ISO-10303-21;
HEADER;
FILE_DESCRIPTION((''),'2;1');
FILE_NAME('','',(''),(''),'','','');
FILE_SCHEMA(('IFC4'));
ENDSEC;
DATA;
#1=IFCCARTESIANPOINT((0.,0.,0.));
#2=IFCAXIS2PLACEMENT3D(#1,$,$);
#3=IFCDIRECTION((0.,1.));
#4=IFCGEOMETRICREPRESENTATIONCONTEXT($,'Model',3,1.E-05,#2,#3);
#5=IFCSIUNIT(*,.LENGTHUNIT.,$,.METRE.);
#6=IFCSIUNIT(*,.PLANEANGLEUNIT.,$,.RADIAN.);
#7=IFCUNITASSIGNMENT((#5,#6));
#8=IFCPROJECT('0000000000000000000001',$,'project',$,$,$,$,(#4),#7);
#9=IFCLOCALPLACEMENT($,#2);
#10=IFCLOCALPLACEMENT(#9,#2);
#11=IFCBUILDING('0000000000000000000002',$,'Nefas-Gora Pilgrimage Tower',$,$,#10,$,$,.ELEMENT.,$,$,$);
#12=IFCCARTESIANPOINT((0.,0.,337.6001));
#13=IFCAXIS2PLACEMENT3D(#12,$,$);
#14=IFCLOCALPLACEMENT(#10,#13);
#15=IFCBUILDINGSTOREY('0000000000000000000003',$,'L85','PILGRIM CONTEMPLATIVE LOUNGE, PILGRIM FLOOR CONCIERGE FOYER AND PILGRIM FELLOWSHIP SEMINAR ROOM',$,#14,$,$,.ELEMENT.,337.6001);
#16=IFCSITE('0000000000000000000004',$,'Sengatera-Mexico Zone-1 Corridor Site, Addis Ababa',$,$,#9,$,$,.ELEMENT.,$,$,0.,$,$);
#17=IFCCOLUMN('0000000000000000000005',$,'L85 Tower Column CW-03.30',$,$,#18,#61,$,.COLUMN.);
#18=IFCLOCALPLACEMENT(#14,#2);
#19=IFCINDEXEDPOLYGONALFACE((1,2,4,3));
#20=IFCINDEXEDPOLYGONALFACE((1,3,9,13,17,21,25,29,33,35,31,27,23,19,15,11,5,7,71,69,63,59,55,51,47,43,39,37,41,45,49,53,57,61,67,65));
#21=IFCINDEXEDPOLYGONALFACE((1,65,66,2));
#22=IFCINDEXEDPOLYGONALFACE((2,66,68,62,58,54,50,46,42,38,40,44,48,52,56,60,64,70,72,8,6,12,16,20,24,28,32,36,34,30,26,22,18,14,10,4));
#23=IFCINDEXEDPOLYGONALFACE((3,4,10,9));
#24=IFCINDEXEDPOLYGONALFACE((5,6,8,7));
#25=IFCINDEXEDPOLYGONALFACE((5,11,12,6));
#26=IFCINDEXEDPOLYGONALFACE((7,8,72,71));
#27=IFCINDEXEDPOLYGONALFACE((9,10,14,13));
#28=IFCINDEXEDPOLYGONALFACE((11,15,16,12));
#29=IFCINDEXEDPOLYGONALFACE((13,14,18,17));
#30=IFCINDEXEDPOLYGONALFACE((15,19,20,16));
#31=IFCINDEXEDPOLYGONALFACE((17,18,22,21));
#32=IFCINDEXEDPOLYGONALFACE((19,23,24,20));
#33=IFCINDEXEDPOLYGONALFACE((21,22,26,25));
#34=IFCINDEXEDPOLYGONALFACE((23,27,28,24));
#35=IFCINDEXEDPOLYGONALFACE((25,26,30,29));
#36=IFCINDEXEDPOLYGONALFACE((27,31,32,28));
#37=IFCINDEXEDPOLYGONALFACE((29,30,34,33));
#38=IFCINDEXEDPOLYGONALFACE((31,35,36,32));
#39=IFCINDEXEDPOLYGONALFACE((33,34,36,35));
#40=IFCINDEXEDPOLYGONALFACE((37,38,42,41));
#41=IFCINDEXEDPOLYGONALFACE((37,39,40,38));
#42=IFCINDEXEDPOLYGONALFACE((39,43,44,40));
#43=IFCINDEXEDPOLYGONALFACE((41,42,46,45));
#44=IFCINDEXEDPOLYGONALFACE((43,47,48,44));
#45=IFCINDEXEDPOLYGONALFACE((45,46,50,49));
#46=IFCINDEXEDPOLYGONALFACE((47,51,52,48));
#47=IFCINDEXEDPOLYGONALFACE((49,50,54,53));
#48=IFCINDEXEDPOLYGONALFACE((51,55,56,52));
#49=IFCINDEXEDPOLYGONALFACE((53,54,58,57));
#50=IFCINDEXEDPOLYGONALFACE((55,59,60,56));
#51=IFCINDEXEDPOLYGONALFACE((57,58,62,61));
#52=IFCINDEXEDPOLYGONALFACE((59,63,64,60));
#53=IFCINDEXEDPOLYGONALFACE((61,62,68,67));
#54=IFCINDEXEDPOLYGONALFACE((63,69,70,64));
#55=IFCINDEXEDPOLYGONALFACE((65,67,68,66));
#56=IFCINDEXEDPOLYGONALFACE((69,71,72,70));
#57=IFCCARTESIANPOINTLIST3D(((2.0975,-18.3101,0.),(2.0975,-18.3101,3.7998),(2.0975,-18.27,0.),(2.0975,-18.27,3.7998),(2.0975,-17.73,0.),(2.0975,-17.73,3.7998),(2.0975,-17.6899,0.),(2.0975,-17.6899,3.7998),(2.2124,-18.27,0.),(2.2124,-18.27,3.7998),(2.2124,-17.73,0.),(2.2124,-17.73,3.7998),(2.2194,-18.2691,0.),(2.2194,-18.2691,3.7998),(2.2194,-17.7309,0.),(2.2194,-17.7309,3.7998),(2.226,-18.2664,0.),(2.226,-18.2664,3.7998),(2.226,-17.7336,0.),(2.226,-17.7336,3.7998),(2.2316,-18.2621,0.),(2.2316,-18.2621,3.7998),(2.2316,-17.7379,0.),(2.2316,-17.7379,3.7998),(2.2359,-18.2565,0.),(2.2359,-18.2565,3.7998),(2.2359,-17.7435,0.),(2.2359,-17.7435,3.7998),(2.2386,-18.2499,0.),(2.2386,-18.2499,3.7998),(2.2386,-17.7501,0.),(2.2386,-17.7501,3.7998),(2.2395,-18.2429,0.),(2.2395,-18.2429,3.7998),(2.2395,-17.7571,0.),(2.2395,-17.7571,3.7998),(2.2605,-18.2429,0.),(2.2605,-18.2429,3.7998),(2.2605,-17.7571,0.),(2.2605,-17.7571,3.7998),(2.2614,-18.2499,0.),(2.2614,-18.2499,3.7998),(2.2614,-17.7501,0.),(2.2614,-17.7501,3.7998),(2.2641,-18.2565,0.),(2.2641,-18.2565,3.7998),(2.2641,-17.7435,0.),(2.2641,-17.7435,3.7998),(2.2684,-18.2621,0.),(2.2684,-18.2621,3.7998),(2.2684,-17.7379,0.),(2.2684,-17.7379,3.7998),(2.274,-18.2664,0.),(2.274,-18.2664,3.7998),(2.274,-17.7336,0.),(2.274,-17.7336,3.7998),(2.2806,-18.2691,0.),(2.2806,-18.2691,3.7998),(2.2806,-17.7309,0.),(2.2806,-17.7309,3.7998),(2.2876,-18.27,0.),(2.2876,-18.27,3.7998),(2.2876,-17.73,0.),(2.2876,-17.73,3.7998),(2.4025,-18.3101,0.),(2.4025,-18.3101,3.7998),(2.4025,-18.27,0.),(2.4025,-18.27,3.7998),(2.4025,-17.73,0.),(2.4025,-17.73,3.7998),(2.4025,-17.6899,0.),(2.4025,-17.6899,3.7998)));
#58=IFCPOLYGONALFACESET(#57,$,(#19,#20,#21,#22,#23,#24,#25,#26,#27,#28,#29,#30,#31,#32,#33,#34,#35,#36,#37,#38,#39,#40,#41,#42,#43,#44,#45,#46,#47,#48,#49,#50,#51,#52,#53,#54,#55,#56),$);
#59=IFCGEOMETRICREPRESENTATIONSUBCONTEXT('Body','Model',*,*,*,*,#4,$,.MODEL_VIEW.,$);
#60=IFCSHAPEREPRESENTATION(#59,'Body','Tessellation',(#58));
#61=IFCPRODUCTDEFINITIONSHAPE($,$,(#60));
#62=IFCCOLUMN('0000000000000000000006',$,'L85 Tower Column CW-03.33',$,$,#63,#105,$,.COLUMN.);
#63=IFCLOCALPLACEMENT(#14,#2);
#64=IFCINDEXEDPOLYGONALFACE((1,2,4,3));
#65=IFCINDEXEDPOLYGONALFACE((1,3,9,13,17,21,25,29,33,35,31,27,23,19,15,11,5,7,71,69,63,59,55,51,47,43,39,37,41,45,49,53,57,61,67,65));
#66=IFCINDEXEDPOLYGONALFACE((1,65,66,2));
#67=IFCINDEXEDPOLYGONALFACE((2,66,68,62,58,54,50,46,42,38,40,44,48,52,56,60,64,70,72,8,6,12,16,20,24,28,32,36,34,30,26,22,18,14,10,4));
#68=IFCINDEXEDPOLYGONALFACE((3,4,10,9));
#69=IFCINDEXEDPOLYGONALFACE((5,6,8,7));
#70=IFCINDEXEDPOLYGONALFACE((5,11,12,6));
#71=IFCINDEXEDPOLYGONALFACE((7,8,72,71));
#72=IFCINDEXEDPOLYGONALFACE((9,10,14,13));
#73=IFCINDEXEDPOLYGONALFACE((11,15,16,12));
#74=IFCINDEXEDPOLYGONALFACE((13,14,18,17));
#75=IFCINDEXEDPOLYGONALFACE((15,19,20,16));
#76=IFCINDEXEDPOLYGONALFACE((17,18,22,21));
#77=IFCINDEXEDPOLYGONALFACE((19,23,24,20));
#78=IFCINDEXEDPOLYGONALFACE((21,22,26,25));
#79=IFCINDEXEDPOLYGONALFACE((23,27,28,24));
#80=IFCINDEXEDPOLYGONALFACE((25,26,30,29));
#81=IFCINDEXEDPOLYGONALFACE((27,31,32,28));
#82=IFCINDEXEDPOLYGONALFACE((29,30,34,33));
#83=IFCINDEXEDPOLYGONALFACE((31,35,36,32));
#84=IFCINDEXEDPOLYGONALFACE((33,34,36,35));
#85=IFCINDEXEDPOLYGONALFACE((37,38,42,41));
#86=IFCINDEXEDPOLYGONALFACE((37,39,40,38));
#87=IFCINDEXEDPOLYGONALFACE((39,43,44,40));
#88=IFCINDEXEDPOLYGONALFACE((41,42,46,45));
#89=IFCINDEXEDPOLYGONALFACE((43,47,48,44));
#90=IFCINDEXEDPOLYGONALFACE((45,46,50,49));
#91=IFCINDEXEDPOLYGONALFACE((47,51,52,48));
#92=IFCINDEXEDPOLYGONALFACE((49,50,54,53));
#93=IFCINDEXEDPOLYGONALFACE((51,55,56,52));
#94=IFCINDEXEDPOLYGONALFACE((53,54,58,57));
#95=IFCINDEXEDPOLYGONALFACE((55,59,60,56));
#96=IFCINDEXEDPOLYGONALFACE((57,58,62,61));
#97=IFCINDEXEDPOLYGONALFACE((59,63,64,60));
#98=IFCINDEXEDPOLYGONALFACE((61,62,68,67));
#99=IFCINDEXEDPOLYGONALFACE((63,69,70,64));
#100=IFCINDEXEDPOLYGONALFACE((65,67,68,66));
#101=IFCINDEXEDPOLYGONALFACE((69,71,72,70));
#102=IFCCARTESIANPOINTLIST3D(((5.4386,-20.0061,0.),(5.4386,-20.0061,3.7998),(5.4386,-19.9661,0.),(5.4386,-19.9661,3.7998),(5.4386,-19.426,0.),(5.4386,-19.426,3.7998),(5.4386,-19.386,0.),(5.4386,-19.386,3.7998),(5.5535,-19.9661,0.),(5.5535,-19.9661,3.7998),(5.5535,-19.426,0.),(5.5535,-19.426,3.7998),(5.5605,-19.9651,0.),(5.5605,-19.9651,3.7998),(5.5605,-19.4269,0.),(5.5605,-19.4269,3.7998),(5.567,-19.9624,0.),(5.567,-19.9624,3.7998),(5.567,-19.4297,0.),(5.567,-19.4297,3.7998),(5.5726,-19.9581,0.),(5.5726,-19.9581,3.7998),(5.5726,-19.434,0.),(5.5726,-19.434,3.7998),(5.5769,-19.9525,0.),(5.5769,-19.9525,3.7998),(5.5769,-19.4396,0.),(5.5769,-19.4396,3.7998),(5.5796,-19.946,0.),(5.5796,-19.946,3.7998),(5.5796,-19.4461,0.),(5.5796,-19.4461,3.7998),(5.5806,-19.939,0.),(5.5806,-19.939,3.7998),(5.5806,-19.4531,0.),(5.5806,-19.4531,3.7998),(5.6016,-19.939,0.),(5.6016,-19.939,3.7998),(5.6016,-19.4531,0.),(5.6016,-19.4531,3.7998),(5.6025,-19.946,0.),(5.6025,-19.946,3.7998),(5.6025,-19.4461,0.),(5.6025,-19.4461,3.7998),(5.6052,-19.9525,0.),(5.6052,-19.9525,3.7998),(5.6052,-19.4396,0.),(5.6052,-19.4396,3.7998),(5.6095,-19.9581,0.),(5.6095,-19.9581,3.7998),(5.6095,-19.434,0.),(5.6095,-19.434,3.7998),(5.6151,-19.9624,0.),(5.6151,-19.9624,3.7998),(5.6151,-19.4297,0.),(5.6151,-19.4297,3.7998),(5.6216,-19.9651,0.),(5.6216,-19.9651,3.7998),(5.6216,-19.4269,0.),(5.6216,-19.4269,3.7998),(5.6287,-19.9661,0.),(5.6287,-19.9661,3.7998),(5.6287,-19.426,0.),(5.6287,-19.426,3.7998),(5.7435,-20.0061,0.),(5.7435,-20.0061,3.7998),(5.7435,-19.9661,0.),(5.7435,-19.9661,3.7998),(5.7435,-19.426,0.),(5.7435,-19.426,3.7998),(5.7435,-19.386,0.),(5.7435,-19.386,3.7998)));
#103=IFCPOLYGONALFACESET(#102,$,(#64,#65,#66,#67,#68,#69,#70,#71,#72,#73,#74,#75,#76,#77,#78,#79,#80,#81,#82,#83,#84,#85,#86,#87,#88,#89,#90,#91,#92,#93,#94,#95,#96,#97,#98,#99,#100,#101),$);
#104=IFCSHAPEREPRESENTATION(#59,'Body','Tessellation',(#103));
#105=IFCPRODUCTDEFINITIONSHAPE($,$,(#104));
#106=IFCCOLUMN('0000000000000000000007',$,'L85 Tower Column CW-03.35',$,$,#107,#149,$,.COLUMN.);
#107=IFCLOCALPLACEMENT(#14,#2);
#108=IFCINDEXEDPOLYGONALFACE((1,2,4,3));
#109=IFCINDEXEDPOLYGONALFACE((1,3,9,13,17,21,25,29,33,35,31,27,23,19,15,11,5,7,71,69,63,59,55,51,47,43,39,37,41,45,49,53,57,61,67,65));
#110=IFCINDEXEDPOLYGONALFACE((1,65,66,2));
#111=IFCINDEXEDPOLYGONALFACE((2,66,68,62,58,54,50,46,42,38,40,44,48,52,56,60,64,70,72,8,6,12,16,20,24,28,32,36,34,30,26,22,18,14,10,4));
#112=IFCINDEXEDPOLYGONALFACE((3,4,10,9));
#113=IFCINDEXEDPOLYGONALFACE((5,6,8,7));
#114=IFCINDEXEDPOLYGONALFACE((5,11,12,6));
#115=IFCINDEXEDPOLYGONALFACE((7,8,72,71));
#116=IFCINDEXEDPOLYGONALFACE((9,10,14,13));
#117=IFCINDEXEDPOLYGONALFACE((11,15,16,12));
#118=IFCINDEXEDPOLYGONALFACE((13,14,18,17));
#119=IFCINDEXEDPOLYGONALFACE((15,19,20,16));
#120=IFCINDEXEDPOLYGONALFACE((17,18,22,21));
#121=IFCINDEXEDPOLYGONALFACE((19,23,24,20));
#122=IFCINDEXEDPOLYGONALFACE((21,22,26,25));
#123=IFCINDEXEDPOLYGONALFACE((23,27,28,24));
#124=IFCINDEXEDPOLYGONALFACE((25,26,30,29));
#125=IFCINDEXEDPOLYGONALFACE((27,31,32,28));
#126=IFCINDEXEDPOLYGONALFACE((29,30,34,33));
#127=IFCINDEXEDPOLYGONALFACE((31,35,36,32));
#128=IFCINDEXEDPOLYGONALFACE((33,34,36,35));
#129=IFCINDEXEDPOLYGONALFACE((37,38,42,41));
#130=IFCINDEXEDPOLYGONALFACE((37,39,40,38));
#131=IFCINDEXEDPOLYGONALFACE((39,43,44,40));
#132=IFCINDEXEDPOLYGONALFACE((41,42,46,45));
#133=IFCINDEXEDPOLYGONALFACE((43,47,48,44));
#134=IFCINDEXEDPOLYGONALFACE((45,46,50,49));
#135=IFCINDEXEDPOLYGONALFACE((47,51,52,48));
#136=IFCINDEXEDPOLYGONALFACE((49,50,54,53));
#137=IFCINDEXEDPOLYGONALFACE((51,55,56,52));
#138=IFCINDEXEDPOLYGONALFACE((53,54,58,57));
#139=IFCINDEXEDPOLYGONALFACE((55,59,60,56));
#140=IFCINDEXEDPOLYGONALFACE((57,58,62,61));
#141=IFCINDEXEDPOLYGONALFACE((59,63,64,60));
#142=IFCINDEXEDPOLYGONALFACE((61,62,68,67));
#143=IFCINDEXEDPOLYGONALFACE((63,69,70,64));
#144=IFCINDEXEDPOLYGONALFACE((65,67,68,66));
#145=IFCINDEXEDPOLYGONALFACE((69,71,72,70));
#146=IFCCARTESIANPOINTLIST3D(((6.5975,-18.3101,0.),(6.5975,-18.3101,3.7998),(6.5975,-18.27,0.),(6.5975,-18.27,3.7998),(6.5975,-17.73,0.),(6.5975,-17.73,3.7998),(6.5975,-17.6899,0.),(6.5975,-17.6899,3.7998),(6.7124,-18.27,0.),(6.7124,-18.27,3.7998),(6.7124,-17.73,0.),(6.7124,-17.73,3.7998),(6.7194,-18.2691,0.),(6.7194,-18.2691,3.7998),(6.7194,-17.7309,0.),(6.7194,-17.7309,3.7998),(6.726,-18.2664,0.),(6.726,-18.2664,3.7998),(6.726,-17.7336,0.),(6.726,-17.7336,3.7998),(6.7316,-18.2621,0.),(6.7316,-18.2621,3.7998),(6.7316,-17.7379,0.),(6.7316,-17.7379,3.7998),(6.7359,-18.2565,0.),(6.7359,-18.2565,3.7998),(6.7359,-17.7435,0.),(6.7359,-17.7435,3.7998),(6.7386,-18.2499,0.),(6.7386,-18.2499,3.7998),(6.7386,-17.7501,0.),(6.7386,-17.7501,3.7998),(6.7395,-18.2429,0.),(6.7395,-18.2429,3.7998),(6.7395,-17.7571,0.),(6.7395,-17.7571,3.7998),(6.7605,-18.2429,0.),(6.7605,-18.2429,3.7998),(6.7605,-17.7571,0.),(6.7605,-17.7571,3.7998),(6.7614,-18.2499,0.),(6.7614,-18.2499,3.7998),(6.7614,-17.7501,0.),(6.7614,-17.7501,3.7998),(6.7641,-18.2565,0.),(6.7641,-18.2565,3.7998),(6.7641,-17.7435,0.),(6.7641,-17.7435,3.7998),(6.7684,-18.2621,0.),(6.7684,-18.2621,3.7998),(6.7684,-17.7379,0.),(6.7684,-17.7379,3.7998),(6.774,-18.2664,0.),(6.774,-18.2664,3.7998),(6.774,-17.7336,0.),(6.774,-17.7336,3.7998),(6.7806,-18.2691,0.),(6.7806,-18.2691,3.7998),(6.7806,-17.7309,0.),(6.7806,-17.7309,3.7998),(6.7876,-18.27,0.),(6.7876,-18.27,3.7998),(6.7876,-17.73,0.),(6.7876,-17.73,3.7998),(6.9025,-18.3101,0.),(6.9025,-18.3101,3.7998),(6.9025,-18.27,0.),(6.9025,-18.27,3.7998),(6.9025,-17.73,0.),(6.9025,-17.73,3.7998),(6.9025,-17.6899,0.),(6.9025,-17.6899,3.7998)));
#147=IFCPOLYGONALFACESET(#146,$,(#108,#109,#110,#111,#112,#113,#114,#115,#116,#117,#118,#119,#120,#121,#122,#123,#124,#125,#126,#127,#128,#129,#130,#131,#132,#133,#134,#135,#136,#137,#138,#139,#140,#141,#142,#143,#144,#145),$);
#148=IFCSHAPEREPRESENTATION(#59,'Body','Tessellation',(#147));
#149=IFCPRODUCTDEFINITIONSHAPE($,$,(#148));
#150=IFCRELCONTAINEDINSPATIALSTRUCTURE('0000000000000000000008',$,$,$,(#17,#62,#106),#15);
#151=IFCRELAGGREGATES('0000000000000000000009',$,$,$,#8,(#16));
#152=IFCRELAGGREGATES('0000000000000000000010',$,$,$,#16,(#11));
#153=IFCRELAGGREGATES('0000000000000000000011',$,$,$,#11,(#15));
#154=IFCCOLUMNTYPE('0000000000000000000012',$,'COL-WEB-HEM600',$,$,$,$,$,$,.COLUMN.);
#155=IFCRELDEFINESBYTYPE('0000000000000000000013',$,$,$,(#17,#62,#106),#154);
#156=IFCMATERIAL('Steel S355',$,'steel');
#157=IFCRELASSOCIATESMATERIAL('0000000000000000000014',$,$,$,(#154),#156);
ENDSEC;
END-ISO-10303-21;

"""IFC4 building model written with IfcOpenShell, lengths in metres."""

from ifc_helpers import new_model, si_unit, direction, frame, origin, origin_2d, place, context, subcontext, project, spatial, i_section, extrude, source, transform, mapped, material, material_profile, profile_set, type_object, element, save


model = new_model("IFC4")

# Units and contexts
model_context = context("Model", 3, precision=1e-05, world=origin(), true_north=direction((0.0, 1.0)))
body_context = subcontext(model_context, "Body", "Model", "MODEL_VIEW")
ifc_project = project(units=[si_unit("LENGTHUNIT", "METRE"), si_unit("PLANEANGLEUNIT", "RADIAN")], contexts=[model_context])

# Site, building, storey
site_placement = place(None, origin())
site = spatial("IfcSite", under=ifc_project, at=site_placement, Name="Sengatera-Mexico Zone-1 Corridor Site, Addis Ababa", CompositionType="ELEMENT", RefElevation=0.0)
building_placement = place(site_placement, origin())
building = spatial("IfcBuilding", under=site, at=building_placement, Name="Nefas-Gora Pilgrimage Tower", CompositionType="ELEMENT")
storey_placement = place(building_placement, frame((0.0, 0.0, 337.6001)))
storey = spatial("IfcBuildingStorey", under=building, at=storey_placement, Name="L85", Description="PILGRIM CONTEMPLATIVE LOUNGE, PILGRIM FLOOR CONCIERGE FOYER AND PILGRIM FELLOWSHIP SEMINAR ROOM", CompositionType="ELEMENT", Elevation=337.6001)

# Columns
ifc_material_1 = material(Name="Steel S355", Category="steel")
ifc_material_profile_1 = material_profile(ifc_material_1, i_section(OverallWidth=0.3049, OverallDepth=0.6201, WebThickness=0.021, FlangeThickness=0.04, FilletRadius=0.0271, at=origin_2d()), Name="HEM 600")
ifc_profile_set_1 = profile_set([ifc_material_profile_1], Name="Steel S355")
column_type_1 = type_object("IfcColumnType", Name="COL-WEB-HEM600", PredefinedType="COLUMN", material=ifc_profile_set_1)
shared_shape_1 = source(origin(), body_context, "Body", "SweptSolid", [
    extrude(i_section(OverallWidth=0.3049, OverallDepth=0.6201, WebThickness=0.021, FlangeThickness=0.04, FilletRadius=0.0271, at=origin_2d()), origin(), (0.0, 0.0, 1.0), 3.7998),
])
for number, where, z_axis, x_axis, name in (
    (1, (2.25, -18.0, 0.0), (0.0, 0.0, 1.0), (1.0, 0.0, 0.0), "L85 Tower Column CW-03.30"),
    (2, (5.5911, -19.696, 0.0), (0.0, 0.0, 1.0), (1.0, 0.0, 0.0), "L85 Tower Column CW-03.33"),
    (3, (6.75, -18.0, 0.0), (0.0, 0.0, 1.0), (1.0, 0.0, 0.0), "L85 Tower Column CW-03.35"),
):
    element("IfcColumn", number, at=place(storey_placement, frame(where, z_axis=z_axis, x_axis=x_axis)), inside=storey, type_object=column_type_1, Name=name, PredefinedType="COLUMN", context=body_context, shape_type="MappedRepresentation", body=[
        mapped(shared_shape_1, transform((0.0, 0.0, 0.0), x_axis=(1.0, 0.0, 0.0), y_axis=(0.0, 1.0, 0.0), z_axis=(0.0, 0.0, 1.0), scale=1.0)),
    ])

save(model, "model.ifc")
